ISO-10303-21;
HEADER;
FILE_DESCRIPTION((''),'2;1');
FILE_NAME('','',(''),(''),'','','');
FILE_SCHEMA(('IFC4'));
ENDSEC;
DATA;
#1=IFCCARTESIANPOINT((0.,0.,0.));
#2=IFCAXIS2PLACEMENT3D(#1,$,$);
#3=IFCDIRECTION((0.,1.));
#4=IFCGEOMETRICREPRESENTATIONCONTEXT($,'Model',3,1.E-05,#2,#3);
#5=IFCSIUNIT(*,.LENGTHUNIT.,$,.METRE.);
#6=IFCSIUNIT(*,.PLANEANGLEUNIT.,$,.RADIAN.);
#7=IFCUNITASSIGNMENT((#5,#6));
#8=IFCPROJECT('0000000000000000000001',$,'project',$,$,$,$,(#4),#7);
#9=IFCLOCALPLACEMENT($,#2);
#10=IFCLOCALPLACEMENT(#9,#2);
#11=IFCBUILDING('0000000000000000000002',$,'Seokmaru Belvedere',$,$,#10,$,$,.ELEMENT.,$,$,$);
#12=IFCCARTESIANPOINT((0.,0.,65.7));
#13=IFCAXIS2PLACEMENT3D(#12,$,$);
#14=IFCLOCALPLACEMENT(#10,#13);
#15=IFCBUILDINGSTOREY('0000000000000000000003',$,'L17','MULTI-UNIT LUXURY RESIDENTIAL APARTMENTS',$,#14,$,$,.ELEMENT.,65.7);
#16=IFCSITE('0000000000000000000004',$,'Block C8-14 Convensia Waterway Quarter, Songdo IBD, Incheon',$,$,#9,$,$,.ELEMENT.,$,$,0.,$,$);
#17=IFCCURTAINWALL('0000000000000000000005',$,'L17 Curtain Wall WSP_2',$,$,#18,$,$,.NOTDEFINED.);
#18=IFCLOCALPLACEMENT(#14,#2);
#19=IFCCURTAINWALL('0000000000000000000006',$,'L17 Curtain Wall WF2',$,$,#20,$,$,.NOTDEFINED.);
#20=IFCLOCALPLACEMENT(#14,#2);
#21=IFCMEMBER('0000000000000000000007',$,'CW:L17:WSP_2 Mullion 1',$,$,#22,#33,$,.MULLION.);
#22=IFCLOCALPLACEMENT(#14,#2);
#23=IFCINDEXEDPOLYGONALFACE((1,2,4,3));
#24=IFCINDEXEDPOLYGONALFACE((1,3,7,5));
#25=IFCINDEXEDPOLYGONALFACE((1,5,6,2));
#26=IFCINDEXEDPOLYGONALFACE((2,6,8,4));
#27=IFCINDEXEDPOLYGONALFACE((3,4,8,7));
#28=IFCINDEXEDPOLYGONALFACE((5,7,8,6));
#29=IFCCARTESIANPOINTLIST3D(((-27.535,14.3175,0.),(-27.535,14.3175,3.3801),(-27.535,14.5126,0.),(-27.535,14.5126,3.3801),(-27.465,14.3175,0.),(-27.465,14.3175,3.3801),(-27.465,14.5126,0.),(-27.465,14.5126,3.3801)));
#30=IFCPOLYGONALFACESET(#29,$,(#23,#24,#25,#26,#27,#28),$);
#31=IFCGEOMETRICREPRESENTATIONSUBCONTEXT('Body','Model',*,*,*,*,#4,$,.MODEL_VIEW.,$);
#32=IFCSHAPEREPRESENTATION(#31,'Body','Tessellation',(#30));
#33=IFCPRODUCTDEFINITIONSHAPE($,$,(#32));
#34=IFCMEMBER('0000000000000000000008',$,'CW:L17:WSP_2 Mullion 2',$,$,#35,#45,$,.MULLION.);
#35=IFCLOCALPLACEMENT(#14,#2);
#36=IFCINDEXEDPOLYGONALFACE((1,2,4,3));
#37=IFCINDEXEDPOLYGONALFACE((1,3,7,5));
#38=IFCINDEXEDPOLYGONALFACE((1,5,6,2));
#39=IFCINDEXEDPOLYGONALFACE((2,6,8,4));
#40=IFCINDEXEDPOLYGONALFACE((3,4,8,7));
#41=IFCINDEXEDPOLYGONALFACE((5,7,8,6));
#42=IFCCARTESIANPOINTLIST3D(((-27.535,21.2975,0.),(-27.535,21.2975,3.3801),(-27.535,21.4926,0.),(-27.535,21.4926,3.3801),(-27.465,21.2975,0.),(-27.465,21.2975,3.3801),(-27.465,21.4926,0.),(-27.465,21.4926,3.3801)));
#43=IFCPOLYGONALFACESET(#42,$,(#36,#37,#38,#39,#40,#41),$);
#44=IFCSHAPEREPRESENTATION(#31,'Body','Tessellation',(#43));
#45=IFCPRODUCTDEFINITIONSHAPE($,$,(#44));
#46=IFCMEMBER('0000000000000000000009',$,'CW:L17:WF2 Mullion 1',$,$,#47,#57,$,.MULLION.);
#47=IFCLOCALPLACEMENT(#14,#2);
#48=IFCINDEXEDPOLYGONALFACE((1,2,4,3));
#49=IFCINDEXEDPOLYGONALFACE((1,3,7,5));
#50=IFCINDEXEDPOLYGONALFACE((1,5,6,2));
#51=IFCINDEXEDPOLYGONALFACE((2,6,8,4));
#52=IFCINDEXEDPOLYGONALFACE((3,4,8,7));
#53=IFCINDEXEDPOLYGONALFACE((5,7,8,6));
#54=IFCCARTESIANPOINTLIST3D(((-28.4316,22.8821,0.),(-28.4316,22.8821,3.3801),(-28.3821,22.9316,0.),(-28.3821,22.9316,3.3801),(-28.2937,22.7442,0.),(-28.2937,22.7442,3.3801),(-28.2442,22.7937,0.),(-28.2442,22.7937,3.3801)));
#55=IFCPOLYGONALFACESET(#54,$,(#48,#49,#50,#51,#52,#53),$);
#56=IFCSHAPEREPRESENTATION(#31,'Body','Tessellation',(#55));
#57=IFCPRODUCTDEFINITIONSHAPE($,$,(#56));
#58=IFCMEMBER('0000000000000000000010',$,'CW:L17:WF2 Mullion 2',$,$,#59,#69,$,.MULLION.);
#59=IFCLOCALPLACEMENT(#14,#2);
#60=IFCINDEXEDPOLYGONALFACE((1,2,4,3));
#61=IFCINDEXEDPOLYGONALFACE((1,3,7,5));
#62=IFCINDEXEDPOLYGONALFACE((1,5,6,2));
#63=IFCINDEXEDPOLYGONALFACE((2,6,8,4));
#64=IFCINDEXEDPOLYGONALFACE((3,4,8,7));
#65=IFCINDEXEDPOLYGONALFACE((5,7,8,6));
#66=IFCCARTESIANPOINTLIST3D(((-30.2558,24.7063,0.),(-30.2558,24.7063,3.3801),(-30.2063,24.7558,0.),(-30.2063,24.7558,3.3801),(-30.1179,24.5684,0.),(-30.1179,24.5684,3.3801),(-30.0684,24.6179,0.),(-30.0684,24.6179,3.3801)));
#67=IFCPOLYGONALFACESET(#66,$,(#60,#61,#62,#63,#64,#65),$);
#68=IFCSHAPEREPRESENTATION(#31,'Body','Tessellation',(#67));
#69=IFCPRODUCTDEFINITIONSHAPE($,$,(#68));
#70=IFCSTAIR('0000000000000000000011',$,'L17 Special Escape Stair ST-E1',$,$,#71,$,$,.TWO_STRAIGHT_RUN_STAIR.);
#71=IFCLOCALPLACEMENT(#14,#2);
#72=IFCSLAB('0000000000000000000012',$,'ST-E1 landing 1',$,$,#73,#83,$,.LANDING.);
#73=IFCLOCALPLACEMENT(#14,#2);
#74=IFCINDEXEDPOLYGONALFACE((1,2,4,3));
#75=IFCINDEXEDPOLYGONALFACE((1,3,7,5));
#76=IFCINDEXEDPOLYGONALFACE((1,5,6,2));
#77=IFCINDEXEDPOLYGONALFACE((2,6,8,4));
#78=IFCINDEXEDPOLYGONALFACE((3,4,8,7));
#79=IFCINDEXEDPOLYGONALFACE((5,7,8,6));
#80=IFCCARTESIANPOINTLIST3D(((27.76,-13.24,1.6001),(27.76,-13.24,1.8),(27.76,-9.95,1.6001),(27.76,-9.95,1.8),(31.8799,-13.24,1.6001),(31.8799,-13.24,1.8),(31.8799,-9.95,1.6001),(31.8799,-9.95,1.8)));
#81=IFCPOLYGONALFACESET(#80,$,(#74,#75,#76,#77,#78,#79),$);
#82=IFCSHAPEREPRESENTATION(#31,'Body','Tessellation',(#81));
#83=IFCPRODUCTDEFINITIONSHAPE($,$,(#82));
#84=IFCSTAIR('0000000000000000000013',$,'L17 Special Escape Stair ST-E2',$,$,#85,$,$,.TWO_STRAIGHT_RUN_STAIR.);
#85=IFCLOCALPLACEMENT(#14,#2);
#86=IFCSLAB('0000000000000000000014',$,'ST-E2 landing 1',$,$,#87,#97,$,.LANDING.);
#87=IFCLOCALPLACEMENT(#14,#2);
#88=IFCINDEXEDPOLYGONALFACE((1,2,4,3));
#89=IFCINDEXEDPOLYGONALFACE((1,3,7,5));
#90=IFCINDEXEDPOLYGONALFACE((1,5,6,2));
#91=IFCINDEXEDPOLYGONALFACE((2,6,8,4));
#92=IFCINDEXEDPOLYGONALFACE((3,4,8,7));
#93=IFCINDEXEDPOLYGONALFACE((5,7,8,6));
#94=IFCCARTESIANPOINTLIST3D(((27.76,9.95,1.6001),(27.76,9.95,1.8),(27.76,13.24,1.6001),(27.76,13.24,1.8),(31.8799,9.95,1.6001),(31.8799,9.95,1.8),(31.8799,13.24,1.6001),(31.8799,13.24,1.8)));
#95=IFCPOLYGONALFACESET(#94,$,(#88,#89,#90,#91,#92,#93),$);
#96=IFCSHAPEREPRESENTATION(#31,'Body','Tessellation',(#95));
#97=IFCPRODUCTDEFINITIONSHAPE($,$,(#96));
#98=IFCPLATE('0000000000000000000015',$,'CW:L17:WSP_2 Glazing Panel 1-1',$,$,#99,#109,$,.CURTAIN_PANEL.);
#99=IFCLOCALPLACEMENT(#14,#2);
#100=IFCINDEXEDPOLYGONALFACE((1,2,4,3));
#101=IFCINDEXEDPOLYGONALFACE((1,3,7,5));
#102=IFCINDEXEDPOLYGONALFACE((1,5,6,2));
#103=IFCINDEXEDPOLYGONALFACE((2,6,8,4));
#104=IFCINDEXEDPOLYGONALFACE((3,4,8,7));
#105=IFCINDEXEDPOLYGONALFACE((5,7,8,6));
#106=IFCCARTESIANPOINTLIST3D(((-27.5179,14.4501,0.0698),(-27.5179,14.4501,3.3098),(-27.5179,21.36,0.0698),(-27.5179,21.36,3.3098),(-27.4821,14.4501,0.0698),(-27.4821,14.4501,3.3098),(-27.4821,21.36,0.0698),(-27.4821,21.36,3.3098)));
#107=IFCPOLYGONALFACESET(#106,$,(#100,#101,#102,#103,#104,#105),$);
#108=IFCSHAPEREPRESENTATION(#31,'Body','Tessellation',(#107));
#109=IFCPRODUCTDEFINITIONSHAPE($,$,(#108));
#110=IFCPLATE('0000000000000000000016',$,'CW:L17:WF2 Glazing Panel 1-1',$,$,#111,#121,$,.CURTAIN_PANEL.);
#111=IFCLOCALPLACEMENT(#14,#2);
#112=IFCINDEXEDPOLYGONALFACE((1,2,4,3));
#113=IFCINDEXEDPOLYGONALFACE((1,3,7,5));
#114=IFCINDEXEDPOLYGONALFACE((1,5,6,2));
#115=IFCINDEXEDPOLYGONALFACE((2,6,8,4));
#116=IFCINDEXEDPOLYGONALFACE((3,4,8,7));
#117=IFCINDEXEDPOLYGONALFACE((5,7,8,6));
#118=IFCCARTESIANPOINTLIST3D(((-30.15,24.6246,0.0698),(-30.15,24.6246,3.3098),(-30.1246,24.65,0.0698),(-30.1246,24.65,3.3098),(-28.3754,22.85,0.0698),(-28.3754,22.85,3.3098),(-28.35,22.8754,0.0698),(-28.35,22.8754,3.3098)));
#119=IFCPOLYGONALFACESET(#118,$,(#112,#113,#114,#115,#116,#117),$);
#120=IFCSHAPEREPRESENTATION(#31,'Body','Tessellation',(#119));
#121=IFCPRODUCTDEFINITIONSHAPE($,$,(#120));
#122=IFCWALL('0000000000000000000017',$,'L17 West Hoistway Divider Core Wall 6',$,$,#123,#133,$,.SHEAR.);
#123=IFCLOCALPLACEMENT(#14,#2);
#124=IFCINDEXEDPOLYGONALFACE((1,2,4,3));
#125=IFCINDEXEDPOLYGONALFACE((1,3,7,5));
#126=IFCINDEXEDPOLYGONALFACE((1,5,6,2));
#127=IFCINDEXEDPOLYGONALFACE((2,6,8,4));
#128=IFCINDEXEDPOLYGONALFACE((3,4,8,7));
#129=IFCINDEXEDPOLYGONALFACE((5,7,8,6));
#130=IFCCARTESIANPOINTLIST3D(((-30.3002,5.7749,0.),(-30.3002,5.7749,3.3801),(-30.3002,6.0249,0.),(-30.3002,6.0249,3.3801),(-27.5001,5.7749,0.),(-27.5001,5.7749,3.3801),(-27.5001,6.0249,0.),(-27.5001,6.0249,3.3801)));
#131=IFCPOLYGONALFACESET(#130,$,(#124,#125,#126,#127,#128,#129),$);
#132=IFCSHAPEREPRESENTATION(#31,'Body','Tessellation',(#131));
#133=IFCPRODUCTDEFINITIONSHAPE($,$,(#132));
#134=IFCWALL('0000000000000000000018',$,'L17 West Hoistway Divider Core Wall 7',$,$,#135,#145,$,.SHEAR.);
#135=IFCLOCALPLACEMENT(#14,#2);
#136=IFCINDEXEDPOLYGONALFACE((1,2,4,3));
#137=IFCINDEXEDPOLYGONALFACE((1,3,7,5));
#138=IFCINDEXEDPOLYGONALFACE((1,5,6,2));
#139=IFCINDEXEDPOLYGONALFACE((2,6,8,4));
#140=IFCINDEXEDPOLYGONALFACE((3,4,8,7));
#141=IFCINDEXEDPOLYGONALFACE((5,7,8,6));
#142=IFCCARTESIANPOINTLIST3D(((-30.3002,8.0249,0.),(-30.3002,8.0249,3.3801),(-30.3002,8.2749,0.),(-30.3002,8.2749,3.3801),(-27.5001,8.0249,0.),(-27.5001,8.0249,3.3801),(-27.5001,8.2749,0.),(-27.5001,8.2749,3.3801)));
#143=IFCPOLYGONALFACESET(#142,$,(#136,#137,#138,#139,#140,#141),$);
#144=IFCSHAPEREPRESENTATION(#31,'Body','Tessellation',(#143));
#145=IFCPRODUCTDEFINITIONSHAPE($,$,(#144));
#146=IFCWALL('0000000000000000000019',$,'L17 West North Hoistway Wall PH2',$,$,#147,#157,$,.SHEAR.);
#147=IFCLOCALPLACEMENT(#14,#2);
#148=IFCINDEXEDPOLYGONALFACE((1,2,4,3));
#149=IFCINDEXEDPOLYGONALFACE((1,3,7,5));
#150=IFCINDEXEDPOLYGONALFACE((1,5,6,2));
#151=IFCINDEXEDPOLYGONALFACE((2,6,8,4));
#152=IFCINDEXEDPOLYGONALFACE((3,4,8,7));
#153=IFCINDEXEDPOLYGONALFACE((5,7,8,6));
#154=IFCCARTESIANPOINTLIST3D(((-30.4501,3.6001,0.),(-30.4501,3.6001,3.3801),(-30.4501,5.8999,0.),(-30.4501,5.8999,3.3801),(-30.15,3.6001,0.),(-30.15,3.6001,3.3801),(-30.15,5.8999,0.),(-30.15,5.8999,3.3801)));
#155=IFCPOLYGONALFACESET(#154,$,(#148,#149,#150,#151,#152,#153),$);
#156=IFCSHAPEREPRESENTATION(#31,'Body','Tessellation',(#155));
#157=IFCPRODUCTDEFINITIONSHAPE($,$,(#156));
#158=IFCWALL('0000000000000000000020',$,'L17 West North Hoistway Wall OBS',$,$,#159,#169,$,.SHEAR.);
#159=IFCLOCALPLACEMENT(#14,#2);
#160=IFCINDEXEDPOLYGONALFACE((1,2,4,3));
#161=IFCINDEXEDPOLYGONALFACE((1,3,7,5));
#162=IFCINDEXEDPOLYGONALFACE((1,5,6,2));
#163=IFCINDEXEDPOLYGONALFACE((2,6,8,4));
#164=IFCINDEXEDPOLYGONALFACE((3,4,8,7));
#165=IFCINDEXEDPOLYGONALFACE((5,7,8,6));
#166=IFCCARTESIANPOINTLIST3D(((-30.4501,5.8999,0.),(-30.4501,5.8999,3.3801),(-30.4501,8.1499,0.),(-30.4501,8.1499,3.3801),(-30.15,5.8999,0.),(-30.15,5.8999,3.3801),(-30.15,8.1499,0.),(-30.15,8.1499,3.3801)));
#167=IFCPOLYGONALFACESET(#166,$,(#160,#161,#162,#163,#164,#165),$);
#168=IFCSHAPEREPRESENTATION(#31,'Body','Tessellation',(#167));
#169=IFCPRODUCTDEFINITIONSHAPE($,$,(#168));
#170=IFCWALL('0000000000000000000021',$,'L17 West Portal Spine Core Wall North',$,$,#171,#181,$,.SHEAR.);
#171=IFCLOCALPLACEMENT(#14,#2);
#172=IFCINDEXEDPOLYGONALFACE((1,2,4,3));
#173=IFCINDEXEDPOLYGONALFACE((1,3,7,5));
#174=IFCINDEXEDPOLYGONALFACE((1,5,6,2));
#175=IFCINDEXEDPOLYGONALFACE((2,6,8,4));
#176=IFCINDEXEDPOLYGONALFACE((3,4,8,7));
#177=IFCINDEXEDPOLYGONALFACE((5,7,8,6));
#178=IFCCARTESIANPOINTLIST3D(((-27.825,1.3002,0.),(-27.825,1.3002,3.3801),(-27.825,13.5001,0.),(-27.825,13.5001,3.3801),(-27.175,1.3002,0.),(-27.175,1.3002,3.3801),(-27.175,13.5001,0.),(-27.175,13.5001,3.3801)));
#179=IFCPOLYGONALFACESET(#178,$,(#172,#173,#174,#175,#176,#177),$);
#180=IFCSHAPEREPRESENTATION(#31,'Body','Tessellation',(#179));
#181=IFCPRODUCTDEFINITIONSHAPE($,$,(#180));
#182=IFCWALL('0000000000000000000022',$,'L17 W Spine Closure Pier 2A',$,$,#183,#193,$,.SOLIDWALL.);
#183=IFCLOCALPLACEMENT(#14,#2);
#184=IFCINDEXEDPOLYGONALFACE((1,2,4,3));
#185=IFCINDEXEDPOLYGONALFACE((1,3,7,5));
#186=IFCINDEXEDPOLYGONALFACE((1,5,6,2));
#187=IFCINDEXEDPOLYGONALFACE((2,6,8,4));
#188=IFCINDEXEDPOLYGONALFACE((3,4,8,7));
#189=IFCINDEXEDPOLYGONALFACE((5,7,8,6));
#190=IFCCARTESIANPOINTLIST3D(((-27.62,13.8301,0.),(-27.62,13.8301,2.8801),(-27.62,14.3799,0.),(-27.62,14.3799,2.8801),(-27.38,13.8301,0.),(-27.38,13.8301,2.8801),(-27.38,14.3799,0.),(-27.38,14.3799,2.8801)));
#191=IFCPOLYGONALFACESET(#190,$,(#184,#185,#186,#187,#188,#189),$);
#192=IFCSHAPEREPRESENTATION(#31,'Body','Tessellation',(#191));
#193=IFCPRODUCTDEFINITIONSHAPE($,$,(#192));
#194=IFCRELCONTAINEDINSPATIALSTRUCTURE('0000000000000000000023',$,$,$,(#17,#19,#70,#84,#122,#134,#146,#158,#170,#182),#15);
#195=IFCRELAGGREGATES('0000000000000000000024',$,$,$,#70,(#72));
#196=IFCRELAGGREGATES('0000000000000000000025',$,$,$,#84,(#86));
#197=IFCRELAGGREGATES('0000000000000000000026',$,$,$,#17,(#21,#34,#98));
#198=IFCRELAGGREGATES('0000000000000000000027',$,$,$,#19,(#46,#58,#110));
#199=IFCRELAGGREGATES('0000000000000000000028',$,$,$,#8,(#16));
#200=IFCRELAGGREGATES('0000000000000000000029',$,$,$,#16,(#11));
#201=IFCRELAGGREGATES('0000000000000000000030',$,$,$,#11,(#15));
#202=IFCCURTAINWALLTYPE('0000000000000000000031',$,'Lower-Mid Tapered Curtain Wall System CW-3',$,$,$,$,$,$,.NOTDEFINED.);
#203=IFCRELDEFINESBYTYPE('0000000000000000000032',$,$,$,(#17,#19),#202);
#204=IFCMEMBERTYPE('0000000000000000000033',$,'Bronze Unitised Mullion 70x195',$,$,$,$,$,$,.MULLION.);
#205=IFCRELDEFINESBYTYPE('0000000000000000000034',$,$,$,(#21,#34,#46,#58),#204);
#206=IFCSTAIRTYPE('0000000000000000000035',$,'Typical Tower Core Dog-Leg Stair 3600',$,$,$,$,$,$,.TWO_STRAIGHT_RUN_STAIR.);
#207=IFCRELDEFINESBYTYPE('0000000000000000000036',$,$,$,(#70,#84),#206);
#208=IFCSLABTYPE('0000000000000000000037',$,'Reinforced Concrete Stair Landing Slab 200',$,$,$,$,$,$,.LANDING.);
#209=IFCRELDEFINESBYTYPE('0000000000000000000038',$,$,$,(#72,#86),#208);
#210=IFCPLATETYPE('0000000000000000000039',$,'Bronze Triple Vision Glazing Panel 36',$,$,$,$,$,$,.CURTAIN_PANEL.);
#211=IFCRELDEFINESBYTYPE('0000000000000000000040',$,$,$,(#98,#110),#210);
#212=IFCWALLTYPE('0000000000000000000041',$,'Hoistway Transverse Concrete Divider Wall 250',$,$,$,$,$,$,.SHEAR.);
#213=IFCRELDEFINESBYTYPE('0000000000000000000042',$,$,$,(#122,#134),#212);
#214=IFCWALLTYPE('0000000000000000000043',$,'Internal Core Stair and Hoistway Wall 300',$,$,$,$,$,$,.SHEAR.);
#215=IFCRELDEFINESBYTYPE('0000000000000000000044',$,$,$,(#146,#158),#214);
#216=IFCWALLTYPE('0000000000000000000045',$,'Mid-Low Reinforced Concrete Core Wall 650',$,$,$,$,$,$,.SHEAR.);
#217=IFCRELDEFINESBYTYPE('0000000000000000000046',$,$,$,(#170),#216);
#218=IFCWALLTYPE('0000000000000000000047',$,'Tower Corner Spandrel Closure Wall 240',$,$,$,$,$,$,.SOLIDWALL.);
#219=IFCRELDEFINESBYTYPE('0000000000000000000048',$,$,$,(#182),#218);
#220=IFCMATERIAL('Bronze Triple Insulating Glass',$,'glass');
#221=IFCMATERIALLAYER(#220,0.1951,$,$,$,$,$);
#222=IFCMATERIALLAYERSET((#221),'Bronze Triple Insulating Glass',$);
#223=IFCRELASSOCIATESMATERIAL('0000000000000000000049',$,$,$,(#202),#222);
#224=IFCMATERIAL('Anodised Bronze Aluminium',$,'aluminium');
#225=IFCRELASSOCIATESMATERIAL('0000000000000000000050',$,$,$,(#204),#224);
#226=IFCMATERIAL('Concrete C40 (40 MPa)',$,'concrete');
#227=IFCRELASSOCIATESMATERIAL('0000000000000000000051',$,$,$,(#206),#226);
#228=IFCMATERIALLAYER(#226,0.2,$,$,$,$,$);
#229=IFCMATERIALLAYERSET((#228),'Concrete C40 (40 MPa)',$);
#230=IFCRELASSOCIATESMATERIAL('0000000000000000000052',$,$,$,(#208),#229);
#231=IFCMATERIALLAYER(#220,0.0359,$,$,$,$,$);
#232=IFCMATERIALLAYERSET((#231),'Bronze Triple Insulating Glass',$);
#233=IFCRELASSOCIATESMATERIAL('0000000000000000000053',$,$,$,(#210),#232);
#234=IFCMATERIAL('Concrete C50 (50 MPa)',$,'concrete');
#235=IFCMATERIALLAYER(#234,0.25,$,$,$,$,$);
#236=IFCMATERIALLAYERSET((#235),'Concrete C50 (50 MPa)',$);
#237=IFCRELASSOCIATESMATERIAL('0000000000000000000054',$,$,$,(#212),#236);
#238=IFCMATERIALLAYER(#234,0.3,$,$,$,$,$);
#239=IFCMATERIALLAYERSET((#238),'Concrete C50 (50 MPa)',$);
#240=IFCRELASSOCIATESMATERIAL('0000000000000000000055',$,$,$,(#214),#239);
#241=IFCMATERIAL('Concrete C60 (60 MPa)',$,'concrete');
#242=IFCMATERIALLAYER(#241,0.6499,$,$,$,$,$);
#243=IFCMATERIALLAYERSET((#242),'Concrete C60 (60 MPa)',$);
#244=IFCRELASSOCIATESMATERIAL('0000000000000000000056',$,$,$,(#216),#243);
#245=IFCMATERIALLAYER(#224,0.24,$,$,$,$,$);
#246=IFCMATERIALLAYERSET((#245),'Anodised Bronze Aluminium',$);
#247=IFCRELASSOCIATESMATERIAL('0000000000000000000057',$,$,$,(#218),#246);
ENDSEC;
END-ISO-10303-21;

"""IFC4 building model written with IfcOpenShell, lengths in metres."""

from ifc_helpers import new_model, si_unit, direction, frame, frame_2d, origin, origin_2d, place, context, subcontext, project, spatial, polyline, rectangle, outline, extrude, source, transform, mapped, material, layer, layer_set, material_profile, profile_set, type_object, type_shapes, element, aggregate, save


model = new_model("IFC4")

# Units and contexts
model_context = context("Model", 3, precision=1e-05, world=origin(), true_north=direction((0.0, 1.0)))
body_context = subcontext(model_context, "Body", "Model", "MODEL_VIEW")
ifc_project = project(units=[si_unit("LENGTHUNIT", "METRE"), si_unit("PLANEANGLEUNIT", "RADIAN")], contexts=[model_context])

# Site, building, storey
site_placement = place(None, origin())
site = spatial("IfcSite", under=ifc_project, at=site_placement, Name="Block C8-14 Convensia Waterway Quarter, Songdo IBD, Incheon", CompositionType="ELEMENT", RefElevation=0.0)
building_placement = place(site_placement, origin())
building = spatial("IfcBuilding", under=site, at=building_placement, Name="Seokmaru Belvedere", CompositionType="ELEMENT")
storey_placement = place(building_placement, frame((0.0, 0.0, 65.7)))
storey = spatial("IfcBuildingStorey", under=building, at=storey_placement, Name="L17", Description="MULTI-UNIT LUXURY RESIDENTIAL APARTMENTS", CompositionType="ELEMENT", Elevation=65.7)

# Curtain walls
ifc_material_1 = material(Name="Bronze Triple Insulating Glass", Category="glass")
ifc_layer_1 = layer(ifc_material_1, 0.1951)
ifc_layer_set_1 = layer_set([ifc_layer_1], Name="Bronze Triple Insulating Glass")
curtain_wall_type = type_object("IfcCurtainWallType", Name="Lower-Mid Tapered Curtain Wall System CW-3", PredefinedType="NOTDEFINED", material=ifc_layer_set_1)
curtain_wall_1_placement = place(storey_placement, origin())
curtain_wall_1 = element("IfcCurtainWall", 1, at=curtain_wall_1_placement, inside=storey, type_object=curtain_wall_type, Name="L17 Curtain Wall WSP_2", PredefinedType="NOTDEFINED")
ifc_material_2 = material(Name="Anodised Bronze Aluminium", Category="aluminium")
curtain_wall_2_placement = place(storey_placement, origin())
curtain_wall_2 = element("IfcCurtainWall", 2, at=curtain_wall_2_placement, inside=storey, type_object=curtain_wall_type, Name="L17 Curtain Wall WF2", PredefinedType="NOTDEFINED")

# Members
ifc_material_profile_1 = material_profile(ifc_material_2, rectangle(XDim=0.0701, YDim=0.1951, at=origin_2d()), Name="CW-M-70x195")
ifc_profile_set_1 = profile_set([ifc_material_profile_1], Name="Anodised Bronze Aluminium")
member_type_1 = type_object("IfcMemberType", Name="Bronze Unitised Mullion 70x195", PredefinedType="MULLION", material=ifc_profile_set_1)
shared_shape_1 = source(origin(), body_context, "Body", "SweptSolid", [
    extrude(rectangle(XDim=0.0701, YDim=0.1951, at=origin_2d()), origin(), (0.0, 0.0, 1.0), 3.3801),
])
type_shapes(member_type_1, [shared_shape_1])
member_1_placement = place(storey_placement, frame((-27.5, 14.415, 0.0), z_axis=(0.0, 0.0, 1.0), x_axis=(-1.0, 0.0, 0.0)))
member_1 = element("IfcMember", 3, at=member_1_placement, type_object=member_type_1, Name="CW:L17:WSP_2 Mullion 1", PredefinedType="MULLION", context=body_context, shape_type="MappedRepresentation", body=[
    mapped(shared_shape_1, transform((0.0, 0.0, 0.0), scale=1.0)),
])
member_2_placement = place(storey_placement, frame((-27.5, 21.395, 0.0), z_axis=(0.0, 0.0, 1.0), x_axis=(-1.0, 0.0, 0.0)))
member_2 = element("IfcMember", 4, at=member_2_placement, type_object=member_type_1, Name="CW:L17:WSP_2 Mullion 2", PredefinedType="MULLION", context=body_context, shape_type="MappedRepresentation", body=[
    mapped(shared_shape_1, transform((0.0, 0.0, 0.0), scale=1.0)),
])
member_3_placement = place(storey_placement, frame((-28.3379, 22.8379, 0.0), z_axis=(0.0, 0.0, 1.0), x_axis=(-0.707107, -0.707107, 0.0)))
member_3 = element("IfcMember", 5, at=member_3_placement, type_object=member_type_1, Name="CW:L17:WF2 Mullion 1", PredefinedType="MULLION", context=body_context, shape_type="MappedRepresentation", body=[
    mapped(shared_shape_1, transform((0.0, 0.0, 0.0), scale=1.0)),
])
member_4_placement = place(storey_placement, frame((-30.1621, 24.6621, 0.0), z_axis=(0.0, 0.0, 1.0), x_axis=(-0.707107, -0.707107, 0.0)))
member_4 = element("IfcMember", 6, at=member_4_placement, type_object=member_type_1, Name="CW:L17:WF2 Mullion 2", PredefinedType="MULLION", context=body_context, shape_type="MappedRepresentation", body=[
    mapped(shared_shape_1, transform((0.0, 0.0, 0.0), scale=1.0)),
])

# Stairs, slabs
ifc_material_3 = material(Name="Concrete C40 (40 MPa)", Category="concrete")
stair_type = type_object("IfcStairType", Name="Typical Tower Core Dog-Leg Stair 3600", PredefinedType="TWO_STRAIGHT_RUN_STAIR", material=ifc_material_3)
stair_1_placement = place(storey_placement, origin())
stair_1 = element("IfcStair", 7, at=stair_1_placement, inside=storey, type_object=stair_type, Name="L17 Special Escape Stair ST-E1", PredefinedType="TWO_STRAIGHT_RUN_STAIR")
ifc_layer_2 = layer(ifc_material_3, 0.2)
ifc_layer_set_2 = layer_set([ifc_layer_2], Name="Concrete C40 (40 MPa)")
slab_type = type_object("IfcSlabType", Name="Reinforced Concrete Stair Landing Slab 200", PredefinedType="LANDING", material=ifc_layer_set_2)
slab_1_placement = place(storey_placement, frame((0.0, 0.0, 1.6001)))
slab_1 = element("IfcSlab", 8, at=slab_1_placement, type_object=slab_type, Name="ST-E1 landing 1", PredefinedType="LANDING", context=body_context, shape_type="SweptSolid", body=[
    extrude(outline(polyline([(27.76, -13.24), (31.8799, -13.24), (31.8799, -9.95), (27.76, -9.95), (27.76, -13.24)])), origin(), (0.0, 0.0, 1.0), 0.2),
])
aggregate(stair_1, [slab_1])
stair_2_placement = place(storey_placement, origin())
stair_2 = element("IfcStair", 9, at=stair_2_placement, inside=storey, type_object=stair_type, Name="L17 Special Escape Stair ST-E2", PredefinedType="TWO_STRAIGHT_RUN_STAIR")
slab_2_placement = place(storey_placement, frame((0.0, 0.0, 1.6001)))
slab_2 = element("IfcSlab", 10, at=slab_2_placement, type_object=slab_type, Name="ST-E2 landing 1", PredefinedType="LANDING", context=body_context, shape_type="SweptSolid", body=[
    extrude(outline(polyline([(27.76, 9.95), (31.8799, 9.95), (31.8799, 13.24), (27.76, 13.24), (27.76, 9.95)])), origin(), (0.0, 0.0, 1.0), 0.2),
])
aggregate(stair_2, [slab_2])

# Plates
ifc_layer_3 = layer(ifc_material_1, 0.0359)
ifc_layer_set_3 = layer_set([ifc_layer_3], Name="Bronze Triple Insulating Glass")
plate_type = type_object("IfcPlateType", Name="Bronze Triple Vision Glazing Panel 36", PredefinedType="CURTAIN_PANEL", material=ifc_layer_set_3)
shared_shape_2 = source(origin(), body_context, "Body", "SweptSolid", [
    extrude(rectangle(XDim=6.9099, YDim=0.0359, at=origin_2d()), origin(), (0.0, 0.0, 1.0), 3.24),
])
plate_1_placement = place(storey_placement, frame((-27.5, 17.905, 0.0698), z_axis=(0.0, 0.0, 1.0), x_axis=(0.0, 1.0, 0.0)))
plate_1 = element("IfcPlate", 11, at=plate_1_placement, type_object=plate_type, Name="CW:L17:WSP_2 Glazing Panel 1-1", PredefinedType="CURTAIN_PANEL", context=body_context, shape_type="MappedRepresentation", body=[
    mapped(shared_shape_2, transform((0.0, 0.0, 0.0), scale=1.0)),
])
aggregate(curtain_wall_1, [member_1, member_2, plate_1])
shared_shape_3 = source(origin(), body_context, "Body", "SweptSolid", [
    extrude(rectangle(XDim=2.5098, YDim=0.0359, at=origin_2d()), origin(), (0.0, 0.0, 1.0), 3.24),
])
type_shapes(plate_type, [shared_shape_2, shared_shape_3])
plate_2_placement = place(storey_placement, frame((-29.25, 23.75, 0.0698), z_axis=(0.0, 0.0, 1.0), x_axis=(-0.707107, 0.707107, 0.0)))
plate_2 = element("IfcPlate", 12, at=plate_2_placement, type_object=plate_type, Name="CW:L17:WF2 Glazing Panel 1-1", PredefinedType="CURTAIN_PANEL", context=body_context, shape_type="MappedRepresentation", body=[
    mapped(shared_shape_3, transform((0.0, 0.0, 0.0), scale=1.0)),
])
aggregate(curtain_wall_2, [member_3, member_4, plate_2])

# Walls
ifc_material_4 = material(Name="Concrete C50 (50 MPa)", Category="concrete")
ifc_layer_4 = layer(ifc_material_4, 0.25)
ifc_layer_set_4 = layer_set([ifc_layer_4], Name="Concrete C50 (50 MPa)")
wall_type_1 = type_object("IfcWallType", Name="Hoistway Transverse Concrete Divider Wall 250", PredefinedType="SHEAR", material=ifc_layer_set_4)
for number, where, z_axis, x_axis, name in (
    (13, (-30.3, 5.8999, 0.0), (0.0, 0.0, 1.0), (1.0, 0.0, 0.0), "L17 West Hoistway Divider Core Wall 6"),
    (14, (-30.3, 8.1499, 0.0), (0.0, 0.0, 1.0), (1.0, 0.0, 0.0), "L17 West Hoistway Divider Core Wall 7"),
):
    element("IfcWall", number, at=place(storey_placement, frame(where, z_axis=z_axis, x_axis=x_axis)), inside=storey, type_object=wall_type_1, Name=name, PredefinedType="SHEAR", context=body_context, shape_type="SweptSolid", body=[
        extrude(rectangle(XDim=2.8, YDim=0.25, at=frame_2d((1.3999, 0.0))), origin(), (0.0, 0.0, 1.0), 3.3801),
    ])
ifc_layer_5 = layer(ifc_material_4, 0.3)
ifc_layer_set_5 = layer_set([ifc_layer_5], Name="Concrete C50 (50 MPa)")
wall_type_2 = type_object("IfcWallType", Name="Internal Core Stair and Hoistway Wall 300", PredefinedType="SHEAR", material=ifc_layer_set_5)
wall_1_placement = place(storey_placement, frame((-30.3, 3.6001, 0.0), z_axis=(0.0, 0.0, 1.0), x_axis=(0.0, 1.0, 0.0)))
element("IfcWall", 15, at=wall_1_placement, inside=storey, type_object=wall_type_2, Name="L17 West North Hoistway Wall PH2", PredefinedType="SHEAR", context=body_context, shape_type="SweptSolid", body=[
    extrude(rectangle(XDim=2.2998, YDim=0.3, at=frame_2d((1.1499, 0.0))), origin(), (0.0, 0.0, 1.0), 3.3801),
])
wall_2_placement = place(storey_placement, frame((-30.3, 5.8999, 0.0), z_axis=(0.0, 0.0, 1.0), x_axis=(0.0, 1.0, 0.0)))
element("IfcWall", 16, at=wall_2_placement, inside=storey, type_object=wall_type_2, Name="L17 West North Hoistway Wall OBS", PredefinedType="SHEAR", context=body_context, shape_type="SweptSolid", body=[
    extrude(rectangle(XDim=2.25, YDim=0.3, at=frame_2d((1.125, 0.0))), origin(), (0.0, 0.0, 1.0), 3.3801),
])

# Walls
ifc_material_5 = material(Name="Concrete C60 (60 MPa)", Category="concrete")
ifc_layer_6 = layer(ifc_material_5, 0.6499)
ifc_layer_set_6 = layer_set([ifc_layer_6], Name="Concrete C60 (60 MPa)")
wall_type_3 = type_object("IfcWallType", Name="Mid-Low Reinforced Concrete Core Wall 650", PredefinedType="SHEAR", material=ifc_layer_set_6)
wall_3_placement = place(storey_placement, frame((-27.5, 1.3, 0.0), z_axis=(0.0, 0.0, 1.0), x_axis=(0.0, 1.0, 0.0)))
element("IfcWall", 17, at=wall_3_placement, inside=storey, type_object=wall_type_3, Name="L17 West Portal Spine Core Wall North", PredefinedType="SHEAR", context=body_context, shape_type="SweptSolid", body=[
    extrude(rectangle(XDim=12.2, YDim=0.6499, at=frame_2d((6.1001, 0.0))), origin(), (0.0, 0.0, 1.0), 3.3801),
])
ifc_layer_7 = layer(ifc_material_2, 0.24)
ifc_layer_set_7 = layer_set([ifc_layer_7], Name="Anodised Bronze Aluminium")
wall_type_4 = type_object("IfcWallType", Name="Tower Corner Spandrel Closure Wall 240", PredefinedType="SOLIDWALL", material=ifc_layer_set_7)
wall_4_placement = place(storey_placement, frame((-27.5, 13.8301, 0.0), z_axis=(0.0, 0.0, 1.0), x_axis=(0.0, 1.0, 0.0)))
element("IfcWall", 18, at=wall_4_placement, inside=storey, type_object=wall_type_4, Name="L17 W Spine Closure Pier 2A", PredefinedType="SOLIDWALL", context=body_context, shape_type="SweptSolid", body=[
    extrude(rectangle(XDim=0.5498, YDim=0.24, at=frame_2d((0.2749, 0.0))), origin(), (0.0, 0.0, 1.0), 2.8801),
])

save(model, "model.ifc")
